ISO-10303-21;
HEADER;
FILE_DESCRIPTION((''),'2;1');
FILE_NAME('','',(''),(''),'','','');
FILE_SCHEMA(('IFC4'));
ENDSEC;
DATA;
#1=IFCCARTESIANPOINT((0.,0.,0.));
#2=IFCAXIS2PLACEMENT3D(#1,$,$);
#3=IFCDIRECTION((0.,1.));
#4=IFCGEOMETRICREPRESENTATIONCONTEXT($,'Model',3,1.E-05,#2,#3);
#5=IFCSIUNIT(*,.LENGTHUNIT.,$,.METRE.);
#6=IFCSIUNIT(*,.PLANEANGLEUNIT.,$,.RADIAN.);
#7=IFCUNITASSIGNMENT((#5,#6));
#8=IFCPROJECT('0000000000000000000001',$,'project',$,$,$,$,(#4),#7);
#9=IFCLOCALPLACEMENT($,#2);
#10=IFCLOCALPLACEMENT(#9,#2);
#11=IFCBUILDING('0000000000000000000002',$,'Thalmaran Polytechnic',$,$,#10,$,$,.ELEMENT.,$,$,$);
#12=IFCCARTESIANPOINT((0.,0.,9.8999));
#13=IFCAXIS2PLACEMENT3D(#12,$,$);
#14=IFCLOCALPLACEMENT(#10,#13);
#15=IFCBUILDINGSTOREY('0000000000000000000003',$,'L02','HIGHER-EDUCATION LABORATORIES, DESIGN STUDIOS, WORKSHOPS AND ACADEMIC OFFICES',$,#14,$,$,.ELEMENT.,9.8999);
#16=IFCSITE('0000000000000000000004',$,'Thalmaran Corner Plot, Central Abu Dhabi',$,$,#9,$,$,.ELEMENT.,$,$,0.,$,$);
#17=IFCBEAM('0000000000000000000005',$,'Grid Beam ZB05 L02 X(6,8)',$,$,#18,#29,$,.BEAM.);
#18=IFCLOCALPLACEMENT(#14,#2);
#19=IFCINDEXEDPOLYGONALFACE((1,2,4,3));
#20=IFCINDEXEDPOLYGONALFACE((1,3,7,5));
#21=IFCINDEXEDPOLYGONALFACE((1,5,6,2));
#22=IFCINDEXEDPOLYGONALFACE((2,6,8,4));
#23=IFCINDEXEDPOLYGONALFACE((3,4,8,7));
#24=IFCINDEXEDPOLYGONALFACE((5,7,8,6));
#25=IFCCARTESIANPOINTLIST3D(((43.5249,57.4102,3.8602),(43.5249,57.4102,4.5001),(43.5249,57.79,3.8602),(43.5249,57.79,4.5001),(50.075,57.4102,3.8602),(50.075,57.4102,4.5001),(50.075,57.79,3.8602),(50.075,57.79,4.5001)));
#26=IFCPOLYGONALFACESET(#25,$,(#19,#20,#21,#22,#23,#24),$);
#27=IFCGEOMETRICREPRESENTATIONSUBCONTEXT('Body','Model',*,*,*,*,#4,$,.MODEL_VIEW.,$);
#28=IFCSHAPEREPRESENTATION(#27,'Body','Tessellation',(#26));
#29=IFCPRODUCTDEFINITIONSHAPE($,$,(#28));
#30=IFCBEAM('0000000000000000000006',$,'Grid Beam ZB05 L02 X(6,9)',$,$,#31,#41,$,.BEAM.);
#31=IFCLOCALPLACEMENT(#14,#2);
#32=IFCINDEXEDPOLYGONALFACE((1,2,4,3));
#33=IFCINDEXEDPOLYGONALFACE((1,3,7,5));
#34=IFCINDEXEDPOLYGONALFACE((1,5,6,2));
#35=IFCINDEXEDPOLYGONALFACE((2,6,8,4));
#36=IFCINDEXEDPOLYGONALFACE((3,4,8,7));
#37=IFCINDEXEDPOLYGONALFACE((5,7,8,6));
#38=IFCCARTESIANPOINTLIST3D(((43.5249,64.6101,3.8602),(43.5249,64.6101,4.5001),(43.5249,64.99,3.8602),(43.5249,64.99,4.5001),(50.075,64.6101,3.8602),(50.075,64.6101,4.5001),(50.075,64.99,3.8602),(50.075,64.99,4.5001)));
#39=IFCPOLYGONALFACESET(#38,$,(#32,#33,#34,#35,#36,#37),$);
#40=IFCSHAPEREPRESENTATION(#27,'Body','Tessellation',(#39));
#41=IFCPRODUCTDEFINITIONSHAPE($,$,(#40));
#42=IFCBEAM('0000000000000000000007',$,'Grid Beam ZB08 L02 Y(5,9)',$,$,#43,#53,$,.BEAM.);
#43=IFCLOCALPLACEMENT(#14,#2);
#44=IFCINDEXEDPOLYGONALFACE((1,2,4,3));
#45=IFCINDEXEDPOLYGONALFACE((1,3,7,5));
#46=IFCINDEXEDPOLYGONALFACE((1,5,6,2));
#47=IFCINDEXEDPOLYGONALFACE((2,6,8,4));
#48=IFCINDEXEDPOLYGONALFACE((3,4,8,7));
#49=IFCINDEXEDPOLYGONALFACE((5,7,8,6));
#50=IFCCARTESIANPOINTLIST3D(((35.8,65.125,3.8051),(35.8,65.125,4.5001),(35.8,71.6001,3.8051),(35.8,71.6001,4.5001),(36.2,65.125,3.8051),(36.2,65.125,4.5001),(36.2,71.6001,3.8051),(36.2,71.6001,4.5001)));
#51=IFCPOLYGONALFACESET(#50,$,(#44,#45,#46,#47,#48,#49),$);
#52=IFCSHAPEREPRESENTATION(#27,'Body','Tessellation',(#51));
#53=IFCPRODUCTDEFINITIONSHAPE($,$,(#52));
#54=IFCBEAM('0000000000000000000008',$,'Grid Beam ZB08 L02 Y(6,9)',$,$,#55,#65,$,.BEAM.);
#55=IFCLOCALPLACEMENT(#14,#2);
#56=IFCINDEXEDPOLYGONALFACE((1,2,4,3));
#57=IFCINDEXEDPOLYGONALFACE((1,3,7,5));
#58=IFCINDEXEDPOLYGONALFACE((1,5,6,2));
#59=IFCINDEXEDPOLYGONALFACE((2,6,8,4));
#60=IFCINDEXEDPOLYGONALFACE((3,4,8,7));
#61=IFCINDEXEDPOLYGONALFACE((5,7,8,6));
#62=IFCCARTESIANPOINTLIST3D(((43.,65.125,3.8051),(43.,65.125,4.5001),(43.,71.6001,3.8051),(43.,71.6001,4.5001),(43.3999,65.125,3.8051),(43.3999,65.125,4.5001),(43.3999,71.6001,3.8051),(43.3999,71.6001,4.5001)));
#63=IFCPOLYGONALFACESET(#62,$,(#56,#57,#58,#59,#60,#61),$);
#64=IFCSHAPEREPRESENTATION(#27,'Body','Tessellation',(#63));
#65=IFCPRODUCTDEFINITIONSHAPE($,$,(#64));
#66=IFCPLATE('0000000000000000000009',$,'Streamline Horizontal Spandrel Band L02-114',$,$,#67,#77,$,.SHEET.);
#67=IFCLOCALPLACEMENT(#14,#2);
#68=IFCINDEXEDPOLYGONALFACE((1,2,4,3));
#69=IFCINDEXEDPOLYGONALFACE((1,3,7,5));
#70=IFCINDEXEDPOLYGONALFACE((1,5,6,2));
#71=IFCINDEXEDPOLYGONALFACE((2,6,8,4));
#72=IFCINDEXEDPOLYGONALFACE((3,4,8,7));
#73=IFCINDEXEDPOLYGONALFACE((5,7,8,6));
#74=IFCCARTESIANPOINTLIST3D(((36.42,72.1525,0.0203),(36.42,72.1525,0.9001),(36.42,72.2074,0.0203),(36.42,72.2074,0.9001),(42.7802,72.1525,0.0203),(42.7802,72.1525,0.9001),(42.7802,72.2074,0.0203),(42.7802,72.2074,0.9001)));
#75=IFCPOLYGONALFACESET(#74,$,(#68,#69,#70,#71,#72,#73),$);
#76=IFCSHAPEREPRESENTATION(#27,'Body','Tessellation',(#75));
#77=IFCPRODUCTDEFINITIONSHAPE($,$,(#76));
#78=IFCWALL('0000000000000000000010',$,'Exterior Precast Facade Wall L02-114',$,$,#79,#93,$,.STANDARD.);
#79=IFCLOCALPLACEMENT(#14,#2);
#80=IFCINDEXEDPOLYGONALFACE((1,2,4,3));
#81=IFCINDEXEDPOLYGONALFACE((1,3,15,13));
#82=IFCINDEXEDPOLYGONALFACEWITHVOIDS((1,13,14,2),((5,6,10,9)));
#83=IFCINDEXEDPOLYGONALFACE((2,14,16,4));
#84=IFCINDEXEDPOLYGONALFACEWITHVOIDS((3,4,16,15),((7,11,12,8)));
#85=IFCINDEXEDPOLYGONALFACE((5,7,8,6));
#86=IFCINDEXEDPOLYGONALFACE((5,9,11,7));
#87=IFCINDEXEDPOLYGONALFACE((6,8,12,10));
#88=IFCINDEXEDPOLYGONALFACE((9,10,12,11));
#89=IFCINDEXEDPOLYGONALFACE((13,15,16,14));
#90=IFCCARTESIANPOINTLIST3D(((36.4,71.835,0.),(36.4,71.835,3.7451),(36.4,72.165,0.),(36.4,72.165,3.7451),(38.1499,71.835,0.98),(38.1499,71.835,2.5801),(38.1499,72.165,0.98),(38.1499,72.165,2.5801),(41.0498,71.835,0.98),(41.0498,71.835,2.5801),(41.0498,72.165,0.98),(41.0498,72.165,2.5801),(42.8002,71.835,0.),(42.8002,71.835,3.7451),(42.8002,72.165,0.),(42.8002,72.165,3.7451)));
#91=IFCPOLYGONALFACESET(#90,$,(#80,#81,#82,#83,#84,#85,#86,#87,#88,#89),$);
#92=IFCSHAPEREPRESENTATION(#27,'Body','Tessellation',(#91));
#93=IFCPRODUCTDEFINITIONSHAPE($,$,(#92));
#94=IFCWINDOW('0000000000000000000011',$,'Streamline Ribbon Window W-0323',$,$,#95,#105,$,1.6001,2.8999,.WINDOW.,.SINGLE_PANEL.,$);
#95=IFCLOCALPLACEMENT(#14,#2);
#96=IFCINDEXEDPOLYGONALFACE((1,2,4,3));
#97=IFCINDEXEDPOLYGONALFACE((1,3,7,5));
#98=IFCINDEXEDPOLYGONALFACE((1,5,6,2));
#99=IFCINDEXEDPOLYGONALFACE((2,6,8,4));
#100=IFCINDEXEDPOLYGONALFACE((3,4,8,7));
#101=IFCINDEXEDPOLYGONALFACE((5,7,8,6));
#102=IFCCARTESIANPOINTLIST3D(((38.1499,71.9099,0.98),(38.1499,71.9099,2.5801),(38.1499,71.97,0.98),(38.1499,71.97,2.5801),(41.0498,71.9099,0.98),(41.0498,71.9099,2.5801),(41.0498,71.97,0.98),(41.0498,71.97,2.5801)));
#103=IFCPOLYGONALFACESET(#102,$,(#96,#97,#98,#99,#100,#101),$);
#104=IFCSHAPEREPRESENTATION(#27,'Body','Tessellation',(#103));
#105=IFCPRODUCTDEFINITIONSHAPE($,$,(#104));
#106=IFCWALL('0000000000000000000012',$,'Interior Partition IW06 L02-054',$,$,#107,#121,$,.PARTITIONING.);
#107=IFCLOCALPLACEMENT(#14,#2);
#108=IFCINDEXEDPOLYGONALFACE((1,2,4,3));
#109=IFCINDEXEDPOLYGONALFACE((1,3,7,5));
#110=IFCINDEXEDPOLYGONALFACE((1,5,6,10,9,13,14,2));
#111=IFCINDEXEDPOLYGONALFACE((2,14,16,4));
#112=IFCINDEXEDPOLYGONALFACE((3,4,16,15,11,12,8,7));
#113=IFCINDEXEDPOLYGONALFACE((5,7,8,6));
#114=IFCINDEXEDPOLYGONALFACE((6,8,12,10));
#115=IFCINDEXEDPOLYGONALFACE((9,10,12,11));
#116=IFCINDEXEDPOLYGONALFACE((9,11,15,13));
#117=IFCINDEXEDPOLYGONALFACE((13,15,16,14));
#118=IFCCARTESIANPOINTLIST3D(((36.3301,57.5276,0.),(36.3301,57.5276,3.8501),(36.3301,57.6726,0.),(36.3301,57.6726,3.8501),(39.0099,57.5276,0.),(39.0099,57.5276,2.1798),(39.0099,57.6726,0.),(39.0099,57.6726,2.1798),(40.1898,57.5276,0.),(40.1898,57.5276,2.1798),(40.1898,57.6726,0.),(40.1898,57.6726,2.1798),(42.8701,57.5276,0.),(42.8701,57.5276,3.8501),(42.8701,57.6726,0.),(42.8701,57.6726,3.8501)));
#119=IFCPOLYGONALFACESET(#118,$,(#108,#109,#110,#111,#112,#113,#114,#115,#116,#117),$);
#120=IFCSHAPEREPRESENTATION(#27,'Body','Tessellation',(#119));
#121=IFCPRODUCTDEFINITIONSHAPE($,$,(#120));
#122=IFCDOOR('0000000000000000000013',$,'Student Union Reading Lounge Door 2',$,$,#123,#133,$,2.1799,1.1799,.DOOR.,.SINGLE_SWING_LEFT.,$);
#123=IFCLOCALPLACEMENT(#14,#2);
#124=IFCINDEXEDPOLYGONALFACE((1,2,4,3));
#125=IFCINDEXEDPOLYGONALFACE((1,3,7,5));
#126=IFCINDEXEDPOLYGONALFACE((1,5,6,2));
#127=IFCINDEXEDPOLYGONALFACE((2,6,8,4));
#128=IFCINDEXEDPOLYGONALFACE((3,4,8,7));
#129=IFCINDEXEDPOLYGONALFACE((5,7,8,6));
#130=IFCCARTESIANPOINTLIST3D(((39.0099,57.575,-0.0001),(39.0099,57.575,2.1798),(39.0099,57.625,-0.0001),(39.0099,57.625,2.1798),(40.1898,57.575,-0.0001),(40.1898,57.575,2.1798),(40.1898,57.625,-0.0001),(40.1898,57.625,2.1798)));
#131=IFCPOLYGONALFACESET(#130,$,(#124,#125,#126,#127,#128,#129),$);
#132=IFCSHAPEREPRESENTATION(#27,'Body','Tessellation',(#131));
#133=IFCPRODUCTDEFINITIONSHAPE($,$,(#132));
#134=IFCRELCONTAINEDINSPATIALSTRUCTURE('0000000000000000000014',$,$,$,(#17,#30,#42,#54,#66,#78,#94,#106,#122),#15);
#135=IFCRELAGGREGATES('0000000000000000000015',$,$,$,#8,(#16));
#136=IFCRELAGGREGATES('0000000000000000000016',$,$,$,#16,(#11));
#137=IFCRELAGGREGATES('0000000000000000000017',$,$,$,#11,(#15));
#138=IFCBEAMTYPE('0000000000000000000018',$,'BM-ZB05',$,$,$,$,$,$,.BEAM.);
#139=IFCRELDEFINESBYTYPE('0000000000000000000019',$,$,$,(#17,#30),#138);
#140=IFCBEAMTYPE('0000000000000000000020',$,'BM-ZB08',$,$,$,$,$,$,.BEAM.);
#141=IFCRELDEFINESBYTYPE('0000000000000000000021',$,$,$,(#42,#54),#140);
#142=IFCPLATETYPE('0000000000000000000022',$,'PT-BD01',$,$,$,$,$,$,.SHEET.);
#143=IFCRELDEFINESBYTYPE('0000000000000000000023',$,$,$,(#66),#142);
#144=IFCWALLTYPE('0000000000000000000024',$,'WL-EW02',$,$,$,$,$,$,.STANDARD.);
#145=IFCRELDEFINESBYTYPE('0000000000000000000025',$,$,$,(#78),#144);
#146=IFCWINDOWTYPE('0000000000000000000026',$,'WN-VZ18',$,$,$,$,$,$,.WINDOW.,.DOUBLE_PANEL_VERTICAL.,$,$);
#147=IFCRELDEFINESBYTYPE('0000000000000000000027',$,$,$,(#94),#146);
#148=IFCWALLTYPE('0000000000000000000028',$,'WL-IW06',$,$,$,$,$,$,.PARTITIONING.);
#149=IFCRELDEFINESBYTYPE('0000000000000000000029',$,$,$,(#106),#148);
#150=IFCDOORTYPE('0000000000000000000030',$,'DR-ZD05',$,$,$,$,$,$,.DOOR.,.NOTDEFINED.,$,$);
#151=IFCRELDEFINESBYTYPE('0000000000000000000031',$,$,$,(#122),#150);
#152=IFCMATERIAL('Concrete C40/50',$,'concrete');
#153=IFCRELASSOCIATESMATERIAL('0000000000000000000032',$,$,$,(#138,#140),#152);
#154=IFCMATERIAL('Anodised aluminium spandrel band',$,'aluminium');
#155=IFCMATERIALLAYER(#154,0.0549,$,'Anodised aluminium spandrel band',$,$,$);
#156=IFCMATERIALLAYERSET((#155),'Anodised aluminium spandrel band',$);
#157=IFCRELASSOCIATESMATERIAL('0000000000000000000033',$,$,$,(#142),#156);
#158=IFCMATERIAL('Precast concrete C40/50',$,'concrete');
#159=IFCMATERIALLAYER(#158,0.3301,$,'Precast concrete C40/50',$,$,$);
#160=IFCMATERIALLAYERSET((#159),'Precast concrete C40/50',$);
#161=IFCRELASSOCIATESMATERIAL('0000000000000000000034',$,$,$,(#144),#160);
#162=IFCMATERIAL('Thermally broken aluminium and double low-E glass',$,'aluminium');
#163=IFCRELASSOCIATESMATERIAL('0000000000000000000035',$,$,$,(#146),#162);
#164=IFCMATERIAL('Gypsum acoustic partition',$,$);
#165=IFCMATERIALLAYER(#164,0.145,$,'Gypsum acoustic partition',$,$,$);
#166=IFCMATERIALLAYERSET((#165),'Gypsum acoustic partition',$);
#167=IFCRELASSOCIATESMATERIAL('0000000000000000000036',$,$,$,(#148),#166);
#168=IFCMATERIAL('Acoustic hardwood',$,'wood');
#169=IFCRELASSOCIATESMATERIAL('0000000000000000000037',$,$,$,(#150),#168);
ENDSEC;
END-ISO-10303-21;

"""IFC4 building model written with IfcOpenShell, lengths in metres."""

from ifc_helpers import new_model, si_unit, direction, frame, frame_2d, origin, origin_2d, place, context, subcontext, project, spatial, rectangle, extrude, material, layer, layer_set, material_profile, profile_set, type_object, element, fill, save


model = new_model("IFC4")

# Units and contexts
model_context = context("Model", 3, precision=1e-05, world=origin(), true_north=direction((0.0, 1.0)))
body_context = subcontext(model_context, "Body", "Model", "MODEL_VIEW")
ifc_project = project(units=[si_unit("LENGTHUNIT", "METRE"), si_unit("PLANEANGLEUNIT", "RADIAN")], contexts=[model_context])

# Site, building, storey
site_placement = place(None, origin())
site = spatial("IfcSite", under=ifc_project, at=site_placement, Name="Thalmaran Corner Plot, Central Abu Dhabi", CompositionType="ELEMENT", RefElevation=0.0)
building_placement = place(site_placement, origin())
building = spatial("IfcBuilding", under=site, at=building_placement, Name="Thalmaran Polytechnic", CompositionType="ELEMENT")
storey_placement = place(building_placement, frame((0.0, 0.0, 9.8999)))
storey = spatial("IfcBuildingStorey", under=building, at=storey_placement, Name="L02", Description="HIGHER-EDUCATION LABORATORIES, DESIGN STUDIOS, WORKSHOPS AND ACADEMIC OFFICES", CompositionType="ELEMENT", Elevation=9.8999)

# Shared definitions
ifc_material_1 = material(Name="Concrete C40/50", Category="concrete")

# Beams
ifc_material_profile_1 = material_profile(ifc_material_1, rectangle(XDim=0.3799, YDim=0.6399, at=origin_2d()), Name="RC 380x640")
ifc_profile_set_1 = profile_set([ifc_material_profile_1], Name="Concrete C40/50")
beam_type_1 = type_object("IfcBeamType", Name="BM-ZB05", PredefinedType="BEAM", material=ifc_profile_set_1)
for number, where, z_axis, x_axis, name in (
    (1, (43.5249, 57.6001, 4.1802), (1.0, 0.0, 0.0), (0.0, 1.0, 0.0), "Grid Beam ZB05 L02 X(6,8)"),
    (2, (43.5249, 64.8, 4.1802), (1.0, 0.0, 0.0), (0.0, 1.0, 0.0), "Grid Beam ZB05 L02 X(6,9)"),
):
    element("IfcBeam", number, at=place(storey_placement, frame(where, z_axis=z_axis, x_axis=x_axis)), inside=storey, type_object=beam_type_1, Name=name, PredefinedType="BEAM", context=body_context, shape_type="SweptSolid", body=[
        extrude(rectangle(XDim=0.3799, YDim=0.6399, at=origin_2d()), origin(), (0.0, 0.0, 1.0), 6.55),
    ])
ifc_material_profile_2 = material_profile(ifc_material_1, rectangle(XDim=0.3999, YDim=0.6951, at=origin_2d()), Name="RC 400x695")
ifc_profile_set_2 = profile_set([ifc_material_profile_2], Name="Concrete C40/50")
beam_type_2 = type_object("IfcBeamType", Name="BM-ZB08", PredefinedType="BEAM", material=ifc_profile_set_2)
for number, where, z_axis, x_axis, name in (
    (3, (36.0, 65.125, 4.1526), (0.0, 1.0, 0.0), (-1.0, 0.0, 0.0), "Grid Beam ZB08 L02 Y(5,9)"),
    (4, (43.2, 65.125, 4.1526), (0.0, 1.0, 0.0), (-1.0, 0.0, 0.0), "Grid Beam ZB08 L02 Y(6,9)"),
):
    element("IfcBeam", number, at=place(storey_placement, frame(where, z_axis=z_axis, x_axis=x_axis)), inside=storey, type_object=beam_type_2, Name=name, PredefinedType="BEAM", context=body_context, shape_type="SweptSolid", body=[
        extrude(rectangle(XDim=0.3999, YDim=0.6951, at=origin_2d()), origin(), (0.0, 0.0, 1.0), 6.4751),
    ])

# Plate
ifc_material_2 = material(Name="Anodised aluminium spandrel band", Category="aluminium")
ifc_layer_1 = layer(ifc_material_2, 0.0549, Name="Anodised aluminium spandrel band")
ifc_layer_set_1 = layer_set([ifc_layer_1], Name="Anodised aluminium spandrel band")
plate_type = type_object("IfcPlateType", Name="PT-BD01", PredefinedType="SHEET", material=ifc_layer_set_1)
plate_placement = place(storey_placement, frame((39.6001, 72.1799, 0.0203), z_axis=(0.0, 0.0, 1.0), x_axis=(1.0, 0.0, 0.0)))
element("IfcPlate", 5, at=plate_placement, inside=storey, type_object=plate_type, Name="Streamline Horizontal Spandrel Band L02-114", PredefinedType="SHEET", context=body_context, shape_type="SweptSolid", body=[
    extrude(rectangle(XDim=6.3601, YDim=0.0549, at=origin_2d()), origin(), (0.0, 0.0, 1.0), 0.8799),
])

# Wall, opening, window
ifc_material_3 = material(Name="Precast concrete C40/50", Category="concrete")
ifc_layer_2 = layer(ifc_material_3, 0.3301, Name="Precast concrete C40/50")
ifc_layer_set_2 = layer_set([ifc_layer_2], Name="Precast concrete C40/50")
wall_type_1 = type_object("IfcWallType", Name="WL-EW02", PredefinedType="STANDARD", material=ifc_layer_set_2)
wall_1_placement = place(storey_placement, frame((36.3999, 72.0, 0.0), z_axis=(0.0, 0.0, 1.0), x_axis=(1.0, 0.0, 0.0)))
wall_1 = element("IfcWall", 6, at=wall_1_placement, inside=storey, type_object=wall_type_1, Name="Exterior Precast Facade Wall L02-114", PredefinedType="STANDARD", context=body_context, shape_type="SweptSolid", body=[
    extrude(rectangle(XDim=6.4001, YDim=0.3301, at=frame_2d((3.2002, 0.0))), origin(), (0.0, 0.0, 1.0), 3.7451),
])
opening_1_placement = place(wall_1_placement, frame((1.75, 0.0, 0.98)))
opening_1 = element("IfcOpeningElement", 7, at=opening_1_placement, cuts=wall_1, PredefinedType="OPENING", context=body_context, shape_type="SweptSolid", body=[
    extrude(rectangle(XDim=2.8999, YDim=1.6001, at=frame_2d((1.45, 0.8))), frame((0.0, 0.175, 0.0), z_axis=(0.0, -1.0, 0.0), x_axis=(1.0, 0.0, 0.0)), (0.0, 0.0, 1.0), 0.3501),
])
ifc_material_4 = material(Name="Thermally broken aluminium and double low-E glass", Category="aluminium")
window_type = type_object("IfcWindowType", Name="WN-VZ18", PartitioningType="DOUBLE_PANEL_VERTICAL", PredefinedType="WINDOW", material=ifc_material_4)
window_placement = place(opening_1_placement, origin())
window = element("IfcWindow", 8, at=window_placement, inside=storey, type_object=window_type, Name="Streamline Ribbon Window W-0323", OverallHeight=1.6001, OverallWidth=2.8999, PartitioningType="SINGLE_PANEL", PredefinedType="WINDOW", context=body_context, shape_type="SweptSolid", body=[
    extrude(rectangle(XDim=2.8999, YDim=1.6001, at=frame_2d((1.45, 0.8))), frame((0.0, -0.03, 0.0), z_axis=(0.0, -1.0, 0.0), x_axis=(1.0, 0.0, 0.0)), (0.0, 0.0, 1.0), 0.0601),
])
fill(opening_1, window)

# Wall, opening, door
ifc_material_5 = material(Name="Gypsum acoustic partition")
ifc_layer_3 = layer(ifc_material_5, 0.145, Name="Gypsum acoustic partition")
ifc_layer_set_3 = layer_set([ifc_layer_3], Name="Gypsum acoustic partition")
wall_type_2 = type_object("IfcWallType", Name="WL-IW06", PredefinedType="PARTITIONING", material=ifc_layer_set_3)
wall_2_placement = place(storey_placement, frame((36.3301, 57.6001, 0.0), z_axis=(0.0, 0.0, 1.0), x_axis=(1.0, 0.0, 0.0)))
wall_2 = element("IfcWall", 9, at=wall_2_placement, inside=storey, type_object=wall_type_2, Name="Interior Partition IW06 L02-054", PredefinedType="PARTITIONING", context=body_context, shape_type="SweptSolid", body=[
    extrude(rectangle(XDim=6.54, YDim=0.145, at=frame_2d((3.27, 0.0))), origin(), (0.0, 0.0, 1.0), 3.8501),
])
opening_2_placement = place(wall_2_placement, frame((2.6799, 0.0, 0.0)))
opening_2 = element("IfcOpeningElement", 10, at=opening_2_placement, cuts=wall_2, PredefinedType="OPENING", context=body_context, shape_type="SweptSolid", body=[
    extrude(rectangle(XDim=1.1799, YDim=2.1799, at=frame_2d((0.5898, 1.0898))), frame((0.0, 0.0825, 0.0), z_axis=(0.0, -1.0, 0.0), x_axis=(1.0, 0.0, 0.0)), (0.0, 0.0, 1.0), 0.165),
])
ifc_material_6 = material(Name="Acoustic hardwood", Category="wood")
door_type = type_object("IfcDoorType", Name="DR-ZD05", OperationType="NOTDEFINED", PredefinedType="DOOR", material=ifc_material_6)
door_placement = place(opening_2_placement, origin())
door = element("IfcDoor", 11, at=door_placement, inside=storey, type_object=door_type, Name="Student Union Reading Lounge Door 2", OperationType="SINGLE_SWING_LEFT", OverallHeight=2.1799, OverallWidth=1.1799, PredefinedType="DOOR", context=body_context, shape_type="SweptSolid", body=[
    extrude(rectangle(XDim=1.1799, YDim=2.1799, at=frame_2d((0.5898, 1.0898))), frame((0.0, 0.0249, 0.0), z_axis=(0.0, -1.0, 0.0), x_axis=(1.0, 0.0, 0.0)), (0.0, 0.0, 1.0), 0.05),
])
fill(opening_2, door)

save(model, "model.ifc")
